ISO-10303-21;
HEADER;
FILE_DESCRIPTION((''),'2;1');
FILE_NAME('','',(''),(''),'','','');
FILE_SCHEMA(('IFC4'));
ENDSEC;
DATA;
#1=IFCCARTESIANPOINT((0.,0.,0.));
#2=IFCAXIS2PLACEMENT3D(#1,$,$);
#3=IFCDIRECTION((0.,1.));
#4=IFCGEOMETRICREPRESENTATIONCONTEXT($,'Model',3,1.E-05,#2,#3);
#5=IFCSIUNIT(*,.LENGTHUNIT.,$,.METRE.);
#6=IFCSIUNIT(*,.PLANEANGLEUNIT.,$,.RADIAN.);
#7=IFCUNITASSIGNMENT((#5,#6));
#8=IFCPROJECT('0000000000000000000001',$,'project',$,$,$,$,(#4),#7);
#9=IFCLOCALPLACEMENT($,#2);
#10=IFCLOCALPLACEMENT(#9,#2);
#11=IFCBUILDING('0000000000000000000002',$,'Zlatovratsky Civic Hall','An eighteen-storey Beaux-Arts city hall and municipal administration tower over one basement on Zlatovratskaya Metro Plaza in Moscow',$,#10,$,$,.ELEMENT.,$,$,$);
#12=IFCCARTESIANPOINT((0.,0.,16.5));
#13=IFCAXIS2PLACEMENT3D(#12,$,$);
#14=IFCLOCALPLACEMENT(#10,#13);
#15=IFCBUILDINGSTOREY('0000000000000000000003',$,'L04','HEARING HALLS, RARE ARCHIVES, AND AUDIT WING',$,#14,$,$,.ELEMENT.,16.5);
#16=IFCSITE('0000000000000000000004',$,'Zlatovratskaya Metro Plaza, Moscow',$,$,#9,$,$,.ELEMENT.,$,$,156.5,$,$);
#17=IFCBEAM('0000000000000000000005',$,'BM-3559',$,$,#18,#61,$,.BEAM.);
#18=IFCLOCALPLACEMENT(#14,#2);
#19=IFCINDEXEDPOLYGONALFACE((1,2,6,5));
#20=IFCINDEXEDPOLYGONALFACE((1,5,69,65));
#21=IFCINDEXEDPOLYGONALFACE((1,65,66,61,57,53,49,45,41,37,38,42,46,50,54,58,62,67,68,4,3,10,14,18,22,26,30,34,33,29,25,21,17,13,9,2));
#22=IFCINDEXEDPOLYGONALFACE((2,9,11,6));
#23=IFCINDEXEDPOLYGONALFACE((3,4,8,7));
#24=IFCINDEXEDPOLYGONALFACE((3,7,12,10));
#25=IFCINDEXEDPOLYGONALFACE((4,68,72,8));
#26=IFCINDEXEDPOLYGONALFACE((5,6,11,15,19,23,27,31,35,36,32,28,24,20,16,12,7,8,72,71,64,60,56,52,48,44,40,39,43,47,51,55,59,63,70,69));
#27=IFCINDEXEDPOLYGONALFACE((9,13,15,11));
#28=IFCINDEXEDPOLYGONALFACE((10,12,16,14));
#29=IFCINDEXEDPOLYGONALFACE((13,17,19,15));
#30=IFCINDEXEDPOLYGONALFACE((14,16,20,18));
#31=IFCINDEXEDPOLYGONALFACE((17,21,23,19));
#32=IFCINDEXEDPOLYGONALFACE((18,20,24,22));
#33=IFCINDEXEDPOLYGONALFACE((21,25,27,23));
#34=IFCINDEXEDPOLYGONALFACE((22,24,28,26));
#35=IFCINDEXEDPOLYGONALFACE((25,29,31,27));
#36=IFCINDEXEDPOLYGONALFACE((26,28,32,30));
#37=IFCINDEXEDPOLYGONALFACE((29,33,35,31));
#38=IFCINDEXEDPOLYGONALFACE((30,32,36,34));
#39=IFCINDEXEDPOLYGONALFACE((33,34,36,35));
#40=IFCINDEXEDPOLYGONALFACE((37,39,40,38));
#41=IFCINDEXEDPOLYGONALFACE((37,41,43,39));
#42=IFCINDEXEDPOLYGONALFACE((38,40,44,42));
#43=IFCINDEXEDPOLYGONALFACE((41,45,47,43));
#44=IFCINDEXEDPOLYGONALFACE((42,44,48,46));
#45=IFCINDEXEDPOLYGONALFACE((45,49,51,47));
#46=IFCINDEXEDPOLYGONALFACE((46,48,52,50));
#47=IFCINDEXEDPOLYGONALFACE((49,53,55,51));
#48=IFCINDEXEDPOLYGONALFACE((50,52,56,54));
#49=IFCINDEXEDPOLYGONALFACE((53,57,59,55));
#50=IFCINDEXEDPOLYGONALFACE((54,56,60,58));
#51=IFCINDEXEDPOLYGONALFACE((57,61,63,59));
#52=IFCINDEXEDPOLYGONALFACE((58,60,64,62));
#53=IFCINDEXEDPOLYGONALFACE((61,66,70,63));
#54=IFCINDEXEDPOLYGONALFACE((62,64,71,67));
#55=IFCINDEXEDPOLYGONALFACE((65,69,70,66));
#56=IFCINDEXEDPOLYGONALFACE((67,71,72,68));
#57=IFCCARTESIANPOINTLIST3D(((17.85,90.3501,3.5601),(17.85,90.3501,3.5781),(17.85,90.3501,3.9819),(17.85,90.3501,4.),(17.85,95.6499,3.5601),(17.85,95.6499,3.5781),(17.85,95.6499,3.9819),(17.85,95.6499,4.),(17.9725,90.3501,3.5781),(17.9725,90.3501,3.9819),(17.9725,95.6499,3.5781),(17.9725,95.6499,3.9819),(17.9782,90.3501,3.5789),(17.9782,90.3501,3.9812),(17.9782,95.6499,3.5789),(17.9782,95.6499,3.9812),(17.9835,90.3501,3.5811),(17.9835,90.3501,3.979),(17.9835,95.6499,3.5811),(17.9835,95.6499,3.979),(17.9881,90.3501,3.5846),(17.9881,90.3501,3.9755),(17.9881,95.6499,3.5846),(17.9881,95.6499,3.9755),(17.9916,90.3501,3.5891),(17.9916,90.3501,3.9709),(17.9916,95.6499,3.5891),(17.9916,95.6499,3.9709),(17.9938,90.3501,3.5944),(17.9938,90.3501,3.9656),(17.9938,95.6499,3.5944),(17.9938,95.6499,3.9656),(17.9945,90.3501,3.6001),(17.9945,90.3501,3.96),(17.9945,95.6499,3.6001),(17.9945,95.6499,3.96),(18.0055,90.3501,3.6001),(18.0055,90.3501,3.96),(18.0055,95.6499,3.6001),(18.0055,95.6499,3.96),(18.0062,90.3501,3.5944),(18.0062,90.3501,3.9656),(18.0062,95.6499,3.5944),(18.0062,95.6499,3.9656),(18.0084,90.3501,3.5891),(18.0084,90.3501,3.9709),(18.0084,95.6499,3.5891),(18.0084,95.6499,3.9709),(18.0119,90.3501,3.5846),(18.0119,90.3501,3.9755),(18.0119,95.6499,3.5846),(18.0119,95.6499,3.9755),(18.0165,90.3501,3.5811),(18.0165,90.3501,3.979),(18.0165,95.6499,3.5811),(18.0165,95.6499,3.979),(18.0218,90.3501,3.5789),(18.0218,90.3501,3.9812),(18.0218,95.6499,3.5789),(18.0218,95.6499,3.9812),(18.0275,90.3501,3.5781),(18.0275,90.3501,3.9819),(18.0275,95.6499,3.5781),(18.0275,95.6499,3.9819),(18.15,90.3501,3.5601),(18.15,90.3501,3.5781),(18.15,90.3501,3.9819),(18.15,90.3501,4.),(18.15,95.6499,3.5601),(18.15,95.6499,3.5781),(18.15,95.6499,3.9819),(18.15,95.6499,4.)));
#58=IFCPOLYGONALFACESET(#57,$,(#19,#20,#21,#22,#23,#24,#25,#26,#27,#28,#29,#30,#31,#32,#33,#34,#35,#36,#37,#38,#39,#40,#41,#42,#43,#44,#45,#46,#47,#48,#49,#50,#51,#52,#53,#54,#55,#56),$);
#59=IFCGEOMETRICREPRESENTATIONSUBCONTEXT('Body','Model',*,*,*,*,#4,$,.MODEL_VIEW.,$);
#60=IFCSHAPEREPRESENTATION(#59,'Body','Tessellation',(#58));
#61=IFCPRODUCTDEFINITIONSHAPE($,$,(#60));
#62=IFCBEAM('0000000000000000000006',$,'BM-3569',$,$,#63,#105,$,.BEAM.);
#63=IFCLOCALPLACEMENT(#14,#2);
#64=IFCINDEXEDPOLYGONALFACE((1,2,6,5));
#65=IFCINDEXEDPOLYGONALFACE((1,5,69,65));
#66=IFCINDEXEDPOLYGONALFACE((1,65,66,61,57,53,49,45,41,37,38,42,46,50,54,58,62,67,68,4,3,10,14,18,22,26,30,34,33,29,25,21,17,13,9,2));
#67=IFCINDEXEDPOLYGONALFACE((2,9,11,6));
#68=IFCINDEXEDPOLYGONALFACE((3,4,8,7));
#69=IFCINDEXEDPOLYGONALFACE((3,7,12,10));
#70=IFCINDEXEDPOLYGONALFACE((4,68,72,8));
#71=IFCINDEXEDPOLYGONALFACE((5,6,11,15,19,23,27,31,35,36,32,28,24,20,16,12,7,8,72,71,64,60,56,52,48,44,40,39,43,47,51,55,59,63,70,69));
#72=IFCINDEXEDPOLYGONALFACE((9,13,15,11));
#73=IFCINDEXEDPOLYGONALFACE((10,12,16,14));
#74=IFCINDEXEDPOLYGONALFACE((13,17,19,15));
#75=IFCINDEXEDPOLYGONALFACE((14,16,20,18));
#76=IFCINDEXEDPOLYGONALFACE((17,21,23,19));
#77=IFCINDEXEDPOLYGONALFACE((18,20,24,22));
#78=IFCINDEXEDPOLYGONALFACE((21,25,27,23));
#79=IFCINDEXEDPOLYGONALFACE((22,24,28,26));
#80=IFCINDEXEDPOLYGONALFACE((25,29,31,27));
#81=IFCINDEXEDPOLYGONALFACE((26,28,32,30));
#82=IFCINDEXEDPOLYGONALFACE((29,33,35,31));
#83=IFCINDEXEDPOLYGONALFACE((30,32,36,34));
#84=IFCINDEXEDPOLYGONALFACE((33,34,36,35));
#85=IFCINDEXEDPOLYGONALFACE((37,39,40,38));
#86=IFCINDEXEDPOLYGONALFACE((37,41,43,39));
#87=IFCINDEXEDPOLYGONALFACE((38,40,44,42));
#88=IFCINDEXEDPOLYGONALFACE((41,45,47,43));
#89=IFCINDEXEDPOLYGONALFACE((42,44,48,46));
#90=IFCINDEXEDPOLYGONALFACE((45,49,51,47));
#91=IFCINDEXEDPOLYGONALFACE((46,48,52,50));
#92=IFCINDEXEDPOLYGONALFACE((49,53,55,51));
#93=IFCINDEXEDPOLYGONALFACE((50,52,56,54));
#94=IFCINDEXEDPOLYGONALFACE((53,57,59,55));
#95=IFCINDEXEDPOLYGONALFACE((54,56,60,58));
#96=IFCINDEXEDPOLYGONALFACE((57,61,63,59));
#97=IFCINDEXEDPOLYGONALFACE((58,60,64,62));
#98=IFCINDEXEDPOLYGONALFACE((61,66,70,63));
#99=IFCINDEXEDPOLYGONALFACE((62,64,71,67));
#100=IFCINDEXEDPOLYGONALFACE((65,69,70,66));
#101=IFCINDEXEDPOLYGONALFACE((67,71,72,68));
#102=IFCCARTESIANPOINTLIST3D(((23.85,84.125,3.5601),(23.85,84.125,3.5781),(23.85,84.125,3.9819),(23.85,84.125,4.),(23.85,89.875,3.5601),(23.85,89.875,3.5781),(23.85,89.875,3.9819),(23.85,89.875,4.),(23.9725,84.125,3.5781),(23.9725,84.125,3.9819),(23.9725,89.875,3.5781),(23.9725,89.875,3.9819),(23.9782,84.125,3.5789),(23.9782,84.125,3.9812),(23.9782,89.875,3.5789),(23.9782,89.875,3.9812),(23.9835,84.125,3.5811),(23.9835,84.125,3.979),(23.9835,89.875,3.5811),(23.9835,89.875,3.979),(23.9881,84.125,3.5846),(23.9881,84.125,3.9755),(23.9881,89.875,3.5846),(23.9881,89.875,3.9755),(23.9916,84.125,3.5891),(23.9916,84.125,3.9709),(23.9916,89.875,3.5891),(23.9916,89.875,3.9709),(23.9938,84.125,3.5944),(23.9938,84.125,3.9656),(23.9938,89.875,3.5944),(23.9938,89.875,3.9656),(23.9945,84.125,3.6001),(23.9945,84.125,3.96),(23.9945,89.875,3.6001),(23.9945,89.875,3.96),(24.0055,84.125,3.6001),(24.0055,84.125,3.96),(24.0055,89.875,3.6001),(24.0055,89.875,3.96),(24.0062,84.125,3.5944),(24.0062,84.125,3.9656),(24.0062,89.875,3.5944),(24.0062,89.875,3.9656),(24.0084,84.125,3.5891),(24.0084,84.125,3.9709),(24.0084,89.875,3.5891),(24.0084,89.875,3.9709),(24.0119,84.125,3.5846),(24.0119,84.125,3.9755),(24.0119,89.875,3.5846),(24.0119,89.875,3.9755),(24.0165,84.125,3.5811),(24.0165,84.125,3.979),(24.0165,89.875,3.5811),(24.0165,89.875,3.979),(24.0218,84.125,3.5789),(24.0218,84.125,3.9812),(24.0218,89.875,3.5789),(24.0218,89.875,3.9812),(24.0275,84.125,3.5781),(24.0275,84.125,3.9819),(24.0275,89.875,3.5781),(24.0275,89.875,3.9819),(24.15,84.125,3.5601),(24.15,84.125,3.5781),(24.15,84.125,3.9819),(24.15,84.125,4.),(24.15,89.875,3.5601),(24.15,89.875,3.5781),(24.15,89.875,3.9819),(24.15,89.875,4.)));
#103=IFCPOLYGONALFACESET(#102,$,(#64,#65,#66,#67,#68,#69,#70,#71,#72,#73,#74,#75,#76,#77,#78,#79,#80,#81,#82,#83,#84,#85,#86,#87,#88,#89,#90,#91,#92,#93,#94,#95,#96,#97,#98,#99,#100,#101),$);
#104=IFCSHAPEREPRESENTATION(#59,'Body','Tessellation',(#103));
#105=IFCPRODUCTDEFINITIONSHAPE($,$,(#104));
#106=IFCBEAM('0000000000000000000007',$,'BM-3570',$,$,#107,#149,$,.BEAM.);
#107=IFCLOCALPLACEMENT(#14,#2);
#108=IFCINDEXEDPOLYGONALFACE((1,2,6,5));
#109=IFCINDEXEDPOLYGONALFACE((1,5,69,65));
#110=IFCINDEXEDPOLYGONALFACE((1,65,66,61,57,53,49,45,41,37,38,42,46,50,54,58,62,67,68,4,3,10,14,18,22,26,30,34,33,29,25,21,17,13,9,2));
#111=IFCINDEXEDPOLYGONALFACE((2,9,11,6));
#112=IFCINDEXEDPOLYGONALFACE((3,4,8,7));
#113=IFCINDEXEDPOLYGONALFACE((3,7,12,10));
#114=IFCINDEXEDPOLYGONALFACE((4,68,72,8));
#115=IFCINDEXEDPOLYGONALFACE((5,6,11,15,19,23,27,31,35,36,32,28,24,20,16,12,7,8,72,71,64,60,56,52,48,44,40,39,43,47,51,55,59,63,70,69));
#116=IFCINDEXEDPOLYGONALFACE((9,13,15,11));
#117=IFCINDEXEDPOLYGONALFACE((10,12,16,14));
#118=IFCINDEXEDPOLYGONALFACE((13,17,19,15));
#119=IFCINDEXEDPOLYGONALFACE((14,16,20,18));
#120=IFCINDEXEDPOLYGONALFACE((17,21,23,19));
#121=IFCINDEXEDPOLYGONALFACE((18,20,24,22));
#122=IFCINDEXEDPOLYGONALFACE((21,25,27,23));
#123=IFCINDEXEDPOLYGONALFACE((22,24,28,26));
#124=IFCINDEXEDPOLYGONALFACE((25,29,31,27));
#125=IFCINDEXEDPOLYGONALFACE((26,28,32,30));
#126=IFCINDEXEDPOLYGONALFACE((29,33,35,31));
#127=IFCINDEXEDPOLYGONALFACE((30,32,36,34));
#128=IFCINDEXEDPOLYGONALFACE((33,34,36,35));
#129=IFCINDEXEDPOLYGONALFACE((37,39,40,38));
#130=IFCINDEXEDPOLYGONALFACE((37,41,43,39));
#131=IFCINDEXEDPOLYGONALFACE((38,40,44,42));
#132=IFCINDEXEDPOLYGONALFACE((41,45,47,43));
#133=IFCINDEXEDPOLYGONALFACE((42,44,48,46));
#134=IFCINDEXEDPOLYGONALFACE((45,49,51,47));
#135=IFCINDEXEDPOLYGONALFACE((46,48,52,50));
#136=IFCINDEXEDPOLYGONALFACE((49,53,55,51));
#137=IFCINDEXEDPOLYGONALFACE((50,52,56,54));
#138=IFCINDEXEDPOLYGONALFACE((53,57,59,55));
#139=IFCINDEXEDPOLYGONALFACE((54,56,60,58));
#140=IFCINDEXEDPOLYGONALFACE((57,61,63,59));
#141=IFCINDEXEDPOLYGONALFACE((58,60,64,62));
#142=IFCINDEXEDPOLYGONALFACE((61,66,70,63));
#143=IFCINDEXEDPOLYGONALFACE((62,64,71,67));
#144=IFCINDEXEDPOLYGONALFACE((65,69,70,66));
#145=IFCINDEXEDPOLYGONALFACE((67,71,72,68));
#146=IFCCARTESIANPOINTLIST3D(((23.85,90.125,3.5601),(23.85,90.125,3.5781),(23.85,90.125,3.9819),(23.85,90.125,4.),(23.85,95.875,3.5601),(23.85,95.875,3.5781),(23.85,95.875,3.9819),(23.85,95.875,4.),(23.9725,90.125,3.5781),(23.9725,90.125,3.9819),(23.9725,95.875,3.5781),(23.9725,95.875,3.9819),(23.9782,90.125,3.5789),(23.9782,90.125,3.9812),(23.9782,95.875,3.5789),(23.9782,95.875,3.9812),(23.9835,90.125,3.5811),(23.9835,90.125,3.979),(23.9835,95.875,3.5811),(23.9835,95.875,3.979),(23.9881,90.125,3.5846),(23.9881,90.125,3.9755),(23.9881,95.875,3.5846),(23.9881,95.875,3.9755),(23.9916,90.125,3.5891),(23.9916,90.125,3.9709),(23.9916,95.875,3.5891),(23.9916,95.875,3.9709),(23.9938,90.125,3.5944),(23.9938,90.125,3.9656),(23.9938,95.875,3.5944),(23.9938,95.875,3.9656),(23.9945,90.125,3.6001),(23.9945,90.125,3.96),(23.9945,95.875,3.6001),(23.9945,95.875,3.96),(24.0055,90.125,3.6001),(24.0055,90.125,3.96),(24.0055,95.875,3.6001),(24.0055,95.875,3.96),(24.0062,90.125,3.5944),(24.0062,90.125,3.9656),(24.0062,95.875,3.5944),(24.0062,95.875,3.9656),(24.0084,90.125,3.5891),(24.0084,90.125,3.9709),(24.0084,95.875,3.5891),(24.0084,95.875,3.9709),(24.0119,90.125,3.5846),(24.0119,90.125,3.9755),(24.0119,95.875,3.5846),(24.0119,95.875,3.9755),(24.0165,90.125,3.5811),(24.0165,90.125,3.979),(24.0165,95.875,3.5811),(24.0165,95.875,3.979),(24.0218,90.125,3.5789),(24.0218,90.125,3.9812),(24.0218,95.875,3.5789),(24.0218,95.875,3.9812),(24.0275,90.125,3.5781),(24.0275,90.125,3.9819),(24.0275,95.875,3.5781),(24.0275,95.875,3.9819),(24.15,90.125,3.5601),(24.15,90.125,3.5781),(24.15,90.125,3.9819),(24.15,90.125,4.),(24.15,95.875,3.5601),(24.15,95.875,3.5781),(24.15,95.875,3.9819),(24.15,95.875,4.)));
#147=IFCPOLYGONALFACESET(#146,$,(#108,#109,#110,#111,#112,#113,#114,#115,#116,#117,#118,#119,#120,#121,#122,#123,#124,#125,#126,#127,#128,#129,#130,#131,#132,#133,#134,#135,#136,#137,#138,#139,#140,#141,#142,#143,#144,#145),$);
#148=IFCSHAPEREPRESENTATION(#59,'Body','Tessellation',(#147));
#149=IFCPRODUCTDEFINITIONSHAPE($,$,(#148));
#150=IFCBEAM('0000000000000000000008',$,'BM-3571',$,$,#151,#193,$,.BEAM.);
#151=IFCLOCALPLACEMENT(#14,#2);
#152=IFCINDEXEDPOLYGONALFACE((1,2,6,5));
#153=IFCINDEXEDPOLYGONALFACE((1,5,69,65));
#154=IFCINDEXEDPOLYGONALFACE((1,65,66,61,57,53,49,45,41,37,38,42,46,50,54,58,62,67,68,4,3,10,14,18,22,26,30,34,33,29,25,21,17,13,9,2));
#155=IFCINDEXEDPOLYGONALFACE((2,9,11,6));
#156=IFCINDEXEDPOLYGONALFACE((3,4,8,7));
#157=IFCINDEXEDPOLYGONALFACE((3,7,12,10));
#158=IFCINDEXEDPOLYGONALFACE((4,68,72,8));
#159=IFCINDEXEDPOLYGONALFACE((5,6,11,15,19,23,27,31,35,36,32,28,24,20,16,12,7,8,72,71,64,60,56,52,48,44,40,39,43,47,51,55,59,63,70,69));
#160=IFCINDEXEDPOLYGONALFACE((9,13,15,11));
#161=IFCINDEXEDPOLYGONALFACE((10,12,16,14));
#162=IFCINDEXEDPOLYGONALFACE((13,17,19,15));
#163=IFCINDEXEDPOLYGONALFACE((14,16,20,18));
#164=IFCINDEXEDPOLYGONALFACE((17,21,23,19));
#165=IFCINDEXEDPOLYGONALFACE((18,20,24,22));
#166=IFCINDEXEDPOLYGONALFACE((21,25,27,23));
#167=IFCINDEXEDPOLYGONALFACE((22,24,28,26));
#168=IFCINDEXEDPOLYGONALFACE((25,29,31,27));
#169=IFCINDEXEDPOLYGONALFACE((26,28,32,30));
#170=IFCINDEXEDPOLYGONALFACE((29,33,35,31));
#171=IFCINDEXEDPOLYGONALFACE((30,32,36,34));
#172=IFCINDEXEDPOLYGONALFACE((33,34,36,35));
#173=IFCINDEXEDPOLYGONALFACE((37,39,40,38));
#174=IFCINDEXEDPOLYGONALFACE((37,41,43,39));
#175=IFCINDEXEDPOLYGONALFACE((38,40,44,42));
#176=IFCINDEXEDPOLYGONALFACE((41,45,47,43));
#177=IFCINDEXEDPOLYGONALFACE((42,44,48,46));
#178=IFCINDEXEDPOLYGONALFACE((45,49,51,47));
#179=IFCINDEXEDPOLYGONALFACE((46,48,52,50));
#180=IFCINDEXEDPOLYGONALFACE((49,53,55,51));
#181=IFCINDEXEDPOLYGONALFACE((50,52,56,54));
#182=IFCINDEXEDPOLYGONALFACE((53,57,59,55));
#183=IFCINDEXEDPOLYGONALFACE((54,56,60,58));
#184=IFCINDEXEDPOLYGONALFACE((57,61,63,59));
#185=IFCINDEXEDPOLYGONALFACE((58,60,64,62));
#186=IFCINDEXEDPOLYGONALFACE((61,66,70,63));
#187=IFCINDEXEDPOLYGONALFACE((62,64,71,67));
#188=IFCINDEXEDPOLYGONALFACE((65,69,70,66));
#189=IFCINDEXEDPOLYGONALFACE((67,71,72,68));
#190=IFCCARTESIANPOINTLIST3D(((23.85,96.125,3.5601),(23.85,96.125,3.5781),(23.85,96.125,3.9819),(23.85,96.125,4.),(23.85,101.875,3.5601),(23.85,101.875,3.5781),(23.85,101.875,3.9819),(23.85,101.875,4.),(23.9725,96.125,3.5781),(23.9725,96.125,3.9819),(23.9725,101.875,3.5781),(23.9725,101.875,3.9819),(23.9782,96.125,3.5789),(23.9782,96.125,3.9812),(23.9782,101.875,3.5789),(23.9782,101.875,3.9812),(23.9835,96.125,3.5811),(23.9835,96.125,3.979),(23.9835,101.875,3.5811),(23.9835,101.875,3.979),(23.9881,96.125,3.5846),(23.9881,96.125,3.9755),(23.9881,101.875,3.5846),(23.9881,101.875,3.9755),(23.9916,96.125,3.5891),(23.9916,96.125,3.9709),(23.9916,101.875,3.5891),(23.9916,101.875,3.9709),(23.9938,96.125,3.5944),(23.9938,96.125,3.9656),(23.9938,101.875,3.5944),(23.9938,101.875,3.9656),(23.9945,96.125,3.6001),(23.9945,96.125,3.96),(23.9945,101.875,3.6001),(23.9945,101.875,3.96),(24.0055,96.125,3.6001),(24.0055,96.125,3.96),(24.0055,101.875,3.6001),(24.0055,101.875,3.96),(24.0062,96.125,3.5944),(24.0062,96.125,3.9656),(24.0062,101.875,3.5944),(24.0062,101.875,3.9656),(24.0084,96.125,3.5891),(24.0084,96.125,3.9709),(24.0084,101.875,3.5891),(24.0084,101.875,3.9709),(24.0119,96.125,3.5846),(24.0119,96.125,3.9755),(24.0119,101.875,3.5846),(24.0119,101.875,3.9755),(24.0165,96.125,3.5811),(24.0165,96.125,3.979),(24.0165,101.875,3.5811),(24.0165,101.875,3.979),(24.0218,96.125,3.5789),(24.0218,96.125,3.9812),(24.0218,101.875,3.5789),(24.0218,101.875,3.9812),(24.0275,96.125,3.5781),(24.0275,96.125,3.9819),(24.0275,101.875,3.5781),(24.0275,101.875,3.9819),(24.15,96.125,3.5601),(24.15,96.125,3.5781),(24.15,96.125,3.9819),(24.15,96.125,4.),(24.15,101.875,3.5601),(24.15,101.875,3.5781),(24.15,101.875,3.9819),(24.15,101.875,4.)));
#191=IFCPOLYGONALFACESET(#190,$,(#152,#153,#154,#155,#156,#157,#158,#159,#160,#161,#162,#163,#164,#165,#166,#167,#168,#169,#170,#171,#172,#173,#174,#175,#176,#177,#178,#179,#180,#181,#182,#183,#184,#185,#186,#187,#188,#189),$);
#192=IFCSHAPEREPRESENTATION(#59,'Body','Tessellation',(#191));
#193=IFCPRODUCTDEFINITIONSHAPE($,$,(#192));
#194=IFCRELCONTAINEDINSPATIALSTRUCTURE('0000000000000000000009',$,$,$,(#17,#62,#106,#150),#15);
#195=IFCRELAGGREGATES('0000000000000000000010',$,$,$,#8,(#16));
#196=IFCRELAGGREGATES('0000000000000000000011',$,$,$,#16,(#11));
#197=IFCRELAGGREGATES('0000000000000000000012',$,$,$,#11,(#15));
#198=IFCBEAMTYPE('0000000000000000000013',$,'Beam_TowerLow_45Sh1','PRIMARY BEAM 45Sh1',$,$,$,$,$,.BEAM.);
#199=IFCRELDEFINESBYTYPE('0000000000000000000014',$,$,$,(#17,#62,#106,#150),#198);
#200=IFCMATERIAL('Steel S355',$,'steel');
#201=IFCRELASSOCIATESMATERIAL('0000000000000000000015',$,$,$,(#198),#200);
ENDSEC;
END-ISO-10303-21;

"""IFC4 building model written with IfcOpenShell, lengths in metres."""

from ifc_helpers import new_model, si_unit, direction, frame, origin, origin_2d, place, context, subcontext, project, spatial, i_section, extrude, material, material_profile, profile_set, type_object, element, save


model = new_model("IFC4")

# Units and contexts
model_context = context("Model", 3, precision=1e-05, world=origin(), true_north=direction((0.0, 1.0)))
body_context = subcontext(model_context, "Body", "Model", "MODEL_VIEW")
ifc_project = project(units=[si_unit("LENGTHUNIT", "METRE"), si_unit("PLANEANGLEUNIT", "RADIAN")], contexts=[model_context])

# Site, building, storey
site_placement = place(None, origin())
site = spatial("IfcSite", under=ifc_project, at=site_placement, Name="Zlatovratskaya Metro Plaza, Moscow", CompositionType="ELEMENT", RefElevation=156.5)
building_placement = place(site_placement, origin())
building = spatial("IfcBuilding", under=site, at=building_placement, Name="Zlatovratsky Civic Hall", Description="An eighteen-storey Beaux-Arts city hall and municipal administration tower over one basement on Zlatovratskaya Metro Plaza in Moscow", CompositionType="ELEMENT")
storey_placement = place(building_placement, frame((0.0, 0.0, 16.5)))
storey = spatial("IfcBuildingStorey", under=building, at=storey_placement, Name="L04", Description="HEARING HALLS, RARE ARCHIVES, AND AUDIT WING", CompositionType="ELEMENT", Elevation=16.5)

# Shared definitions
ifc_material_1 = material(Name="Steel S355", Category="steel")

# Beams
ifc_material_profile_1 = material_profile(ifc_material_1, i_section(OverallWidth=0.3, OverallDepth=0.4399, WebThickness=0.011, FlangeThickness=0.0181, FilletRadius=0.022, at=origin_2d()), Name="45Sh1")
ifc_profile_set_1 = profile_set([ifc_material_profile_1], Name="Steel S355")
beam_type_1 = type_object("IfcBeamType", Name="Beam_TowerLow_45Sh1", Description="PRIMARY BEAM 45Sh1", PredefinedType="BEAM", material=ifc_profile_set_1)
beam_placement = place(storey_placement, frame((18.0, 90.3501, 3.78), z_axis=(0.0, 1.0, 0.0), x_axis=(-1.0, 0.0, 0.0)))
element("IfcBeam", 1, at=beam_placement, inside=storey, type_object=beam_type_1, Name="BM-3559", PredefinedType="BEAM", context=body_context, shape_type="SweptSolid", body=[
    extrude(i_section(OverallWidth=0.3, OverallDepth=0.4399, WebThickness=0.011, FlangeThickness=0.0181, FilletRadius=0.022, at=origin_2d()), origin(), (0.0, 0.0, 1.0), 5.2998),
])
for number, where, z_axis, x_axis, name in (
    (2, (24.0, 84.125, 3.78), (0.0, 1.0, 0.0), (-1.0, 0.0, 0.0), "BM-3569"),
    (3, (24.0, 90.125, 3.78), (0.0, 1.0, 0.0), (-1.0, 0.0, 0.0), "BM-3570"),
    (4, (24.0, 96.125, 3.78), (0.0, 1.0, 0.0), (-1.0, 0.0, 0.0), "BM-3571"),
):
    element("IfcBeam", number, at=place(storey_placement, frame(where, z_axis=z_axis, x_axis=x_axis)), inside=storey, type_object=beam_type_1, Name=name, PredefinedType="BEAM", context=body_context, shape_type="SweptSolid", body=[
        extrude(i_section(OverallWidth=0.3, OverallDepth=0.4399, WebThickness=0.011, FlangeThickness=0.0181, FilletRadius=0.022, at=origin_2d()), origin(), (0.0, 0.0, 1.0), 5.75),
    ])

save(model, "model.ifc")
